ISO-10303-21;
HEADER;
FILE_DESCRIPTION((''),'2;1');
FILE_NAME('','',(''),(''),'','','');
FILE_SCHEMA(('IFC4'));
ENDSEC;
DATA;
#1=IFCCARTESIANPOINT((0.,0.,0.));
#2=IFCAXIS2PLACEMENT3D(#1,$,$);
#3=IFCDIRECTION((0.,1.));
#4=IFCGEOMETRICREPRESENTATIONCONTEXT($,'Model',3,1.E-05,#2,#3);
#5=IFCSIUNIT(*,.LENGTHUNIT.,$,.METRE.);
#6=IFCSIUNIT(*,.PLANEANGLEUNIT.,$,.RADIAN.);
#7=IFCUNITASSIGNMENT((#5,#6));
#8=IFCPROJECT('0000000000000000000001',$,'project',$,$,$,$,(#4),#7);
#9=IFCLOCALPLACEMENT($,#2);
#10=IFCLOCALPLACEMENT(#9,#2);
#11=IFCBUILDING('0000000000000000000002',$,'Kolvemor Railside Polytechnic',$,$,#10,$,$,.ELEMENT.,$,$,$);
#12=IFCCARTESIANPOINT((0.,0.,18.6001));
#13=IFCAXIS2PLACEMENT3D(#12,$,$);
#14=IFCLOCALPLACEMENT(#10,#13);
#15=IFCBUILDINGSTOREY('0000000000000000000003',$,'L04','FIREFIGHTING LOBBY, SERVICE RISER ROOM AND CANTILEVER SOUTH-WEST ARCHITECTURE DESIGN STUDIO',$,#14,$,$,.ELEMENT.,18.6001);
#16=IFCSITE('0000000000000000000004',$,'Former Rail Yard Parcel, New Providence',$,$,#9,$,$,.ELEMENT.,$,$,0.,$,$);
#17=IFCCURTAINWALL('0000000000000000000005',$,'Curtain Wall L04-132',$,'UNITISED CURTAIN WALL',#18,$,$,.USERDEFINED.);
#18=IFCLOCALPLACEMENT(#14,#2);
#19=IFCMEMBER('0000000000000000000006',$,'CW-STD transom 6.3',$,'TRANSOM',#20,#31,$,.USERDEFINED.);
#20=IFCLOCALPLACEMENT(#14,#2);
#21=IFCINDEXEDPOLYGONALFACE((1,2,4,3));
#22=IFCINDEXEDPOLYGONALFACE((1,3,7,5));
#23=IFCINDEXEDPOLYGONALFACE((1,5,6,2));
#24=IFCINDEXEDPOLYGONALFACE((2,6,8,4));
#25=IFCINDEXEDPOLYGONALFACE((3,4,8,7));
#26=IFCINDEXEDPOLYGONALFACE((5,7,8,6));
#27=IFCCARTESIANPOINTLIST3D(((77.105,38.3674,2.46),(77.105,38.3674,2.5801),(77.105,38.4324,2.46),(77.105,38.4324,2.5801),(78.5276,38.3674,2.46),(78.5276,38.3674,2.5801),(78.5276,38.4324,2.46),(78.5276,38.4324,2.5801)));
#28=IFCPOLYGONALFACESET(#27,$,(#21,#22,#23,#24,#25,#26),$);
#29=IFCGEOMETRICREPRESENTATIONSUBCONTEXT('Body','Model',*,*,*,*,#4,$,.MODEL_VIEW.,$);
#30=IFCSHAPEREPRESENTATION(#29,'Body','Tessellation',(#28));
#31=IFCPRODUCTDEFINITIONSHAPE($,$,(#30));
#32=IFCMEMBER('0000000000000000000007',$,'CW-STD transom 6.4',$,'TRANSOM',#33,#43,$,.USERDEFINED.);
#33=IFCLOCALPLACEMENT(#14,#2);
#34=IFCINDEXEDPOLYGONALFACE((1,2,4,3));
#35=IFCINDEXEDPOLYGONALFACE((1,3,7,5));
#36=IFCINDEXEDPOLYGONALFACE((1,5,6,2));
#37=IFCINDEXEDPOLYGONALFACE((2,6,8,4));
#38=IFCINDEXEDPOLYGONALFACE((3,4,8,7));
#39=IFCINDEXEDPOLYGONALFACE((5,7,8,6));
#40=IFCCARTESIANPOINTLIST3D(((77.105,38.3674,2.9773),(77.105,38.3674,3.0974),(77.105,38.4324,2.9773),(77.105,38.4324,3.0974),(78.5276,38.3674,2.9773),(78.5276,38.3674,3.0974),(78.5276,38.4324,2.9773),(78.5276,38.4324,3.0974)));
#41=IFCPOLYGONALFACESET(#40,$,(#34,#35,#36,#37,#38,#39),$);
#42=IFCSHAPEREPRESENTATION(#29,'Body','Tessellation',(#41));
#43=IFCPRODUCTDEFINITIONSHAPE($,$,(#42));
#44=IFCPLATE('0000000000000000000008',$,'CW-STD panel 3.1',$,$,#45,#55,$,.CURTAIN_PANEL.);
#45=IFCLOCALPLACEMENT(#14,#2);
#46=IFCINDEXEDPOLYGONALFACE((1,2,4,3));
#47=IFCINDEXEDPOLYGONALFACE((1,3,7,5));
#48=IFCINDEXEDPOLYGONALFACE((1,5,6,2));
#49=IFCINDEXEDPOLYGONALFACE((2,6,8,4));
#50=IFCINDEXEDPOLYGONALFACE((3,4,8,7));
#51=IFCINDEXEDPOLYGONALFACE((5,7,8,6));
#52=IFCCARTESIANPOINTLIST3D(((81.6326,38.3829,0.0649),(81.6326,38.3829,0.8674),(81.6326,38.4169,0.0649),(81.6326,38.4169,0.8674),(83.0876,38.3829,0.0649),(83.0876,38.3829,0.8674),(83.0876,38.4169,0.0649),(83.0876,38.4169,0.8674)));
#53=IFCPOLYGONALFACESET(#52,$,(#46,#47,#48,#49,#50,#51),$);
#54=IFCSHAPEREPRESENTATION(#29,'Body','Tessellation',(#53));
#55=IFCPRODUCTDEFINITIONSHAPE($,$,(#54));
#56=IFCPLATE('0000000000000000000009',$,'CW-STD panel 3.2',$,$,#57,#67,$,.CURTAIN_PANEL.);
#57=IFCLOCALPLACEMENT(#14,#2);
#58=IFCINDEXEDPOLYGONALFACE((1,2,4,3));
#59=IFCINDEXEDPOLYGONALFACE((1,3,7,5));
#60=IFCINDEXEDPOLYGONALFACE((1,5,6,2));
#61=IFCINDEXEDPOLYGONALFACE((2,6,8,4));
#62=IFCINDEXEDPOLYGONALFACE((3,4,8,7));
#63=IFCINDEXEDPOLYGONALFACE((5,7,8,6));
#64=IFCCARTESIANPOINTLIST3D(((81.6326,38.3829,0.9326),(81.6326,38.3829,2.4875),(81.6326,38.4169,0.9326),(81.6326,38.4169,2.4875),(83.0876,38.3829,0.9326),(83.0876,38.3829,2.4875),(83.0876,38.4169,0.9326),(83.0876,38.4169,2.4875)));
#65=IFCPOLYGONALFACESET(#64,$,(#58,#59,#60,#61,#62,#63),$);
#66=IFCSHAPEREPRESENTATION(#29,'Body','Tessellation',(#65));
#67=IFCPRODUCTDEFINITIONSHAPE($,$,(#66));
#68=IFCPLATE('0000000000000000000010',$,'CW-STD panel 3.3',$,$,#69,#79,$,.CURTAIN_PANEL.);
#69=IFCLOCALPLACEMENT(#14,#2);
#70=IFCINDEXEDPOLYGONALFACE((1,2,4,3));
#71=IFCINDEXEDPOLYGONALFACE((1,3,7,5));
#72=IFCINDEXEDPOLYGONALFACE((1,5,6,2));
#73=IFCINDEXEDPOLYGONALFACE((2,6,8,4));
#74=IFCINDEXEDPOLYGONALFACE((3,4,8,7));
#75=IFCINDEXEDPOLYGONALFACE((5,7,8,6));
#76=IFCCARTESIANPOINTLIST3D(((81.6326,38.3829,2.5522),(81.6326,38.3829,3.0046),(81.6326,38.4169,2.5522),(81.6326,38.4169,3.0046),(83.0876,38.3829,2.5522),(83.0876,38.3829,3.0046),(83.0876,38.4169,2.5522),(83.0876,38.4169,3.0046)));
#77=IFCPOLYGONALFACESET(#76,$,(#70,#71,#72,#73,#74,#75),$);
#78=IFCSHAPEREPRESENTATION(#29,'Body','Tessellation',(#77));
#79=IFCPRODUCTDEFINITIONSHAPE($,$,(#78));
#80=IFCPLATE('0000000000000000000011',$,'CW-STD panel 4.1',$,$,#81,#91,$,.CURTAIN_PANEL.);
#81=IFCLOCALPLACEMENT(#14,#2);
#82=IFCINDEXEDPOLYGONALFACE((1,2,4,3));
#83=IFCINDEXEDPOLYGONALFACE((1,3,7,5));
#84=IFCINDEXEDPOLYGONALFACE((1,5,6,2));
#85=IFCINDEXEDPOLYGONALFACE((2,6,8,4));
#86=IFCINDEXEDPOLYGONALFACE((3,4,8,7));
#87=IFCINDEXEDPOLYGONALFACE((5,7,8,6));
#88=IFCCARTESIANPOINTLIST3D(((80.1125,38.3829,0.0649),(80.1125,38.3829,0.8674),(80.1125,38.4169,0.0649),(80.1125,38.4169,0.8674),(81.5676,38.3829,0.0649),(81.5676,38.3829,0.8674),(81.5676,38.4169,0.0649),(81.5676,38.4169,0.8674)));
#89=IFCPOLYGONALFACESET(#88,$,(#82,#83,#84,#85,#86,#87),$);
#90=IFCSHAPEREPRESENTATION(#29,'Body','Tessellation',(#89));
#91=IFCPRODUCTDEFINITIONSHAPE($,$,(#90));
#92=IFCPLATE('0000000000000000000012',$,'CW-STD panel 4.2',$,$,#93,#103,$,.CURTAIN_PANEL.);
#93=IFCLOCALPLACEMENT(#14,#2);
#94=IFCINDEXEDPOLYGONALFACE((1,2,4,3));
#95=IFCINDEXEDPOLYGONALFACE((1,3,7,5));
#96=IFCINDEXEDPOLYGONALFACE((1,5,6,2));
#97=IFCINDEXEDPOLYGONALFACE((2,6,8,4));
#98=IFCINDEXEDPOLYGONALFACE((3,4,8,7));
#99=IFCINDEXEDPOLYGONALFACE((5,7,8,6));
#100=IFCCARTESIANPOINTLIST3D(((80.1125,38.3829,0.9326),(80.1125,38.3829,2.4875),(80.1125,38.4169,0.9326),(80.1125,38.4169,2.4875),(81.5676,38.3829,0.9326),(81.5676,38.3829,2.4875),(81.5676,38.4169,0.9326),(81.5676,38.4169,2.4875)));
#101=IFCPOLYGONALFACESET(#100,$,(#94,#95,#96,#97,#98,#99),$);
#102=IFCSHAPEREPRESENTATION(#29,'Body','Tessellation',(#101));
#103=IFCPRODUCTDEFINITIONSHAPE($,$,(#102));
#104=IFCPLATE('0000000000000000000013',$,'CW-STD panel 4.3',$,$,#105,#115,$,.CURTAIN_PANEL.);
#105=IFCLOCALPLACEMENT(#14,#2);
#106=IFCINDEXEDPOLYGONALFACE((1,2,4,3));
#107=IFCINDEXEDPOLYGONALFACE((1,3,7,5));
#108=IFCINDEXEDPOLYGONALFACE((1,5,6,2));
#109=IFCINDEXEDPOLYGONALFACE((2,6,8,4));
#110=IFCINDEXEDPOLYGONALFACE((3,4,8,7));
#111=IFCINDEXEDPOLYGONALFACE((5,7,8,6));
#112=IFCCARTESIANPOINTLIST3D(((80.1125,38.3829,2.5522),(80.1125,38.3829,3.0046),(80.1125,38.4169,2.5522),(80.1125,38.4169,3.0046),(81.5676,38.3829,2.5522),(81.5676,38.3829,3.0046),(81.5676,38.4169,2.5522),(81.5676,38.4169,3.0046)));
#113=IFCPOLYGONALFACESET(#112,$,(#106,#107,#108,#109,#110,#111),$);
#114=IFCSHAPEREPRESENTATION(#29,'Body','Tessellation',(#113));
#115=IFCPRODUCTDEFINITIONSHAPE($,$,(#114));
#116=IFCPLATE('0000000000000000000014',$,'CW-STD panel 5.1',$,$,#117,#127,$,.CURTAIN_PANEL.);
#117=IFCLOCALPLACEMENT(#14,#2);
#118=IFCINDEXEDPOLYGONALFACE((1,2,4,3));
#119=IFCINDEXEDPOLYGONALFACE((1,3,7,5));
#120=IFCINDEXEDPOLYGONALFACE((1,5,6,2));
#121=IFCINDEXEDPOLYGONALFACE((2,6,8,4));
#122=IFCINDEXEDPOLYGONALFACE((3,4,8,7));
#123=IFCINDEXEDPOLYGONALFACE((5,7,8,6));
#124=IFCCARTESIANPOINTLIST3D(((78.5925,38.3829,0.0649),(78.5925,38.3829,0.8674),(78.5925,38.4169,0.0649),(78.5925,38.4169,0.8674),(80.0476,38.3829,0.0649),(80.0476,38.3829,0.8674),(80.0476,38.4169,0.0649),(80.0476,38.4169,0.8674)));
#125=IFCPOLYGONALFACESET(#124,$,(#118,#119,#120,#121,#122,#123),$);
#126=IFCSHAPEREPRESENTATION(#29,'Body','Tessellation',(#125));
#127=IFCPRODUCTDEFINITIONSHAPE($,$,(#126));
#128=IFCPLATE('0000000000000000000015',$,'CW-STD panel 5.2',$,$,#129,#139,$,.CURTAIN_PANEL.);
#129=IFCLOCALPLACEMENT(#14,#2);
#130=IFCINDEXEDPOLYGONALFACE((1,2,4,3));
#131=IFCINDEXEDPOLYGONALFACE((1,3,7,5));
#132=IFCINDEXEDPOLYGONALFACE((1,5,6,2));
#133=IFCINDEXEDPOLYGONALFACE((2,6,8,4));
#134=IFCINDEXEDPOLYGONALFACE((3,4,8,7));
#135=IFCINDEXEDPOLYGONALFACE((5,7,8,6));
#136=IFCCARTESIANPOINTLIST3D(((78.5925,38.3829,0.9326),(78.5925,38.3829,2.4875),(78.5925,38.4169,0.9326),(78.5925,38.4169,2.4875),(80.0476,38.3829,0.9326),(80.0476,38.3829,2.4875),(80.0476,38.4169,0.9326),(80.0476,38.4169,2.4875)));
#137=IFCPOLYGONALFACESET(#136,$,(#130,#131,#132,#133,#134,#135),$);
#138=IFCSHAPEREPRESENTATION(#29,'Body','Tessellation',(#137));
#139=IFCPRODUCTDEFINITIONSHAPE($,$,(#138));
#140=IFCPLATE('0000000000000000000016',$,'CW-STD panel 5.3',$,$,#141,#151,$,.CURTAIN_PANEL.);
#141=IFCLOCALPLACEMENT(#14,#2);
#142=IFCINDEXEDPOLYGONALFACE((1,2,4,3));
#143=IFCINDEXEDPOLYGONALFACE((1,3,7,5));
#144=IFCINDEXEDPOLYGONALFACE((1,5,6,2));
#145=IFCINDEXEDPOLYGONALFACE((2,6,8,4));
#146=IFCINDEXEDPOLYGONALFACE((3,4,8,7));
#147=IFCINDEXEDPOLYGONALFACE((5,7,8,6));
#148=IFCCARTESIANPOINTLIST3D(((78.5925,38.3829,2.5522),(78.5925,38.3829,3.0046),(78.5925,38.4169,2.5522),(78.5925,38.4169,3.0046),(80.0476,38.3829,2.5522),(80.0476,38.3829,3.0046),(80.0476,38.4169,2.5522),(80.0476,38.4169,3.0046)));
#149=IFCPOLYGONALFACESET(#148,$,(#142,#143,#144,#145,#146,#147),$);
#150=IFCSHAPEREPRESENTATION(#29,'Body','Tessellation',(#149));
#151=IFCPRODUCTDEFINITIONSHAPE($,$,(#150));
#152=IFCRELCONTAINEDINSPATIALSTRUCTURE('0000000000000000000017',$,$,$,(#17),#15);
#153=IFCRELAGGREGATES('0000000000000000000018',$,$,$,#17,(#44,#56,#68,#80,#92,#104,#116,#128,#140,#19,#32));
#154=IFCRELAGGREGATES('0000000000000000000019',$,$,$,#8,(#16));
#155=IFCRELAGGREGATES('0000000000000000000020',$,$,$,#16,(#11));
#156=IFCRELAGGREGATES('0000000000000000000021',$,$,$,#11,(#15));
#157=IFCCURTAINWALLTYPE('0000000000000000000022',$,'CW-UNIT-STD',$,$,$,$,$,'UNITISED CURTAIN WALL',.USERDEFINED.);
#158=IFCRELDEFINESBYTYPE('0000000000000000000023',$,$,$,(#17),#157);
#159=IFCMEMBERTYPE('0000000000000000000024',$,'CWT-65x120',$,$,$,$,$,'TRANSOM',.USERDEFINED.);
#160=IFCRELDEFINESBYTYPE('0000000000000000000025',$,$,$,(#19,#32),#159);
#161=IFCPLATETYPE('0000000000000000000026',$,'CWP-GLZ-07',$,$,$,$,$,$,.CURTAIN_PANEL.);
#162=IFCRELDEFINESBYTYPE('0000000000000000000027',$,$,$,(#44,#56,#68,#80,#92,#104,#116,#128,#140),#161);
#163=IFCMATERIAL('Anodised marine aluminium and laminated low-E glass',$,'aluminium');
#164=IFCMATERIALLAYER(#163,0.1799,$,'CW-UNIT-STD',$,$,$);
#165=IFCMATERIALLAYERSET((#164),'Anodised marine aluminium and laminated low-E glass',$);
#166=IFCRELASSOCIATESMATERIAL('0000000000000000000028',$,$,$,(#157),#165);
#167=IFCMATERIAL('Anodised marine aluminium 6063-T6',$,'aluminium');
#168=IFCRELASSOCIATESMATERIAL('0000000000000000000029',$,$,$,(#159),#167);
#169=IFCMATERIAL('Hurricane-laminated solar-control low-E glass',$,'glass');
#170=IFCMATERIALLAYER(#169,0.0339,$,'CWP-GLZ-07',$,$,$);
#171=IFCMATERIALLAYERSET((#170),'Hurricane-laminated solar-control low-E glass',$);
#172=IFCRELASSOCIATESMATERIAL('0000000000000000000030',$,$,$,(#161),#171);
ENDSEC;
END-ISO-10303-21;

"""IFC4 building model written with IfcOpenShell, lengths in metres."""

from ifc_helpers import new_model, si_unit, direction, frame, origin, origin_2d, place, context, subcontext, project, spatial, rectangle, extrude, material, layer, layer_set, material_profile, profile_set, type_object, element, aggregate, save


model = new_model("IFC4")

# Units and contexts
model_context = context("Model", 3, precision=1e-05, world=origin(), true_north=direction((0.0, 1.0)))
body_context = subcontext(model_context, "Body", "Model", "MODEL_VIEW")
ifc_project = project(units=[si_unit("LENGTHUNIT", "METRE"), si_unit("PLANEANGLEUNIT", "RADIAN")], contexts=[model_context])

# Site, building, storey
site_placement = place(None, origin())
site = spatial("IfcSite", under=ifc_project, at=site_placement, Name="Former Rail Yard Parcel, New Providence", CompositionType="ELEMENT", RefElevation=0.0)
building_placement = place(site_placement, origin())
building = spatial("IfcBuilding", under=site, at=building_placement, Name="Kolvemor Railside Polytechnic", CompositionType="ELEMENT")
storey_placement = place(building_placement, frame((0.0, 0.0, 18.6001)))
storey = spatial("IfcBuildingStorey", under=building, at=storey_placement, Name="L04", Description="FIREFIGHTING LOBBY, SERVICE RISER ROOM AND CANTILEVER SOUTH-WEST ARCHITECTURE DESIGN STUDIO", CompositionType="ELEMENT", Elevation=18.6001)

# Curtain wall, members, plates
ifc_material_1 = material(Name="Anodised marine aluminium and laminated low-E glass", Category="aluminium")
ifc_layer_1 = layer(ifc_material_1, 0.1799, Name="CW-UNIT-STD")
ifc_layer_set_1 = layer_set([ifc_layer_1], Name="Anodised marine aluminium and laminated low-E glass")
curtain_wall_type = type_object("IfcCurtainWallType", Name="CW-UNIT-STD", ElementType="UNITISED CURTAIN WALL", PredefinedType="USERDEFINED", material=ifc_layer_set_1)
curtain_wall_placement = place(storey_placement, origin())
curtain_wall = element("IfcCurtainWall", 1, at=curtain_wall_placement, inside=storey, type_object=curtain_wall_type, Name="Curtain Wall L04-132", ObjectType="UNITISED CURTAIN WALL", PredefinedType="USERDEFINED")
ifc_material_2 = material(Name="Anodised marine aluminium 6063-T6", Category="aluminium")
ifc_material_profile_1 = material_profile(ifc_material_2, rectangle(XDim=0.0649, YDim=0.1201, at=origin_2d()), Name="CW-TRN-65x120")
ifc_profile_set_1 = profile_set([ifc_material_profile_1], Name="Anodised marine aluminium 6063-T6")
member_type_1 = type_object("IfcMemberType", Name="CWT-65x120", ElementType="TRANSOM", PredefinedType="USERDEFINED", material=ifc_profile_set_1)
member_1_placement = place(storey_placement, frame((78.5276, 38.3999, 2.52), z_axis=(-1.0, 0.0, 0.0), x_axis=(0.0, -1.0, 0.0)))
member_1 = element("IfcMember", 2, at=member_1_placement, type_object=member_type_1, Name="CW-STD transom 6.3", ObjectType="TRANSOM", PredefinedType="USERDEFINED", context=body_context, shape_type="SweptSolid", body=[
    extrude(rectangle(XDim=0.0649, YDim=0.1201, at=origin_2d()), origin(), (0.0, 0.0, 1.0), 1.4226),
])
member_2_placement = place(storey_placement, frame((78.5276, 38.3999, 3.0374), z_axis=(-1.0, 0.0, 0.0), x_axis=(0.0, -1.0, 0.0)))
member_2 = element("IfcMember", 3, at=member_2_placement, type_object=member_type_1, Name="CW-STD transom 6.4", ObjectType="TRANSOM", PredefinedType="USERDEFINED", context=body_context, shape_type="SweptSolid", body=[
    extrude(rectangle(XDim=0.0649, YDim=0.1201, at=origin_2d()), origin(), (0.0, 0.0, 1.0), 1.4226),
])
ifc_material_3 = material(Name="Hurricane-laminated solar-control low-E glass", Category="glass")
ifc_layer_2 = layer(ifc_material_3, 0.0339, Name="CWP-GLZ-07")
ifc_layer_set_2 = layer_set([ifc_layer_2], Name="Hurricane-laminated solar-control low-E glass")
plate_type = type_object("IfcPlateType", Name="CWP-GLZ-07", PredefinedType="CURTAIN_PANEL", material=ifc_layer_set_2)
plate_1_placement = place(storey_placement, frame((82.3601, 38.3999, 0.0649), z_axis=(0.0, 0.0, 1.0), x_axis=(-1.0, 0.0, 0.0)))
plate_1 = element("IfcPlate", 4, at=plate_1_placement, type_object=plate_type, Name="CW-STD panel 3.1", PredefinedType="CURTAIN_PANEL", context=body_context, shape_type="SweptSolid", body=[
    extrude(rectangle(XDim=1.4551, YDim=0.0339, at=origin_2d()), origin(), (0.0, 0.0, 1.0), 0.8025),
])
plate_2_placement = place(storey_placement, frame((82.3601, 38.3999, 0.9326), z_axis=(0.0, 0.0, 1.0), x_axis=(-1.0, 0.0, 0.0)))
plate_2 = element("IfcPlate", 5, at=plate_2_placement, type_object=plate_type, Name="CW-STD panel 3.2", PredefinedType="CURTAIN_PANEL", context=body_context, shape_type="SweptSolid", body=[
    extrude(rectangle(XDim=1.4551, YDim=0.0339, at=origin_2d()), origin(), (0.0, 0.0, 1.0), 1.5549),
])
plate_3_placement = place(storey_placement, frame((82.3601, 38.3999, 2.5522), z_axis=(0.0, 0.0, 1.0), x_axis=(-1.0, 0.0, 0.0)))
plate_3 = element("IfcPlate", 6, at=plate_3_placement, type_object=plate_type, Name="CW-STD panel 3.3", PredefinedType="CURTAIN_PANEL", context=body_context, shape_type="SweptSolid", body=[
    extrude(rectangle(XDim=1.4551, YDim=0.0339, at=origin_2d()), origin(), (0.0, 0.0, 1.0), 0.4524),
])
plate_4_placement = place(storey_placement, frame((80.8401, 38.3999, 0.0649), z_axis=(0.0, 0.0, 1.0), x_axis=(-1.0, 0.0, 0.0)))
plate_4 = element("IfcPlate", 7, at=plate_4_placement, type_object=plate_type, Name="CW-STD panel 4.1", PredefinedType="CURTAIN_PANEL", context=body_context, shape_type="SweptSolid", body=[
    extrude(rectangle(XDim=1.4551, YDim=0.0339, at=origin_2d()), origin(), (0.0, 0.0, 1.0), 0.8025),
])
plate_5_placement = place(storey_placement, frame((80.8401, 38.3999, 0.9326), z_axis=(0.0, 0.0, 1.0), x_axis=(-1.0, 0.0, 0.0)))
plate_5 = element("IfcPlate", 8, at=plate_5_placement, type_object=plate_type, Name="CW-STD panel 4.2", PredefinedType="CURTAIN_PANEL", context=body_context, shape_type="SweptSolid", body=[
    extrude(rectangle(XDim=1.4551, YDim=0.0339, at=origin_2d()), origin(), (0.0, 0.0, 1.0), 1.5549),
])
plate_6_placement = place(storey_placement, frame((80.8401, 38.3999, 2.5522), z_axis=(0.0, 0.0, 1.0), x_axis=(-1.0, 0.0, 0.0)))
plate_6 = element("IfcPlate", 9, at=plate_6_placement, type_object=plate_type, Name="CW-STD panel 4.3", PredefinedType="CURTAIN_PANEL", context=body_context, shape_type="SweptSolid", body=[
    extrude(rectangle(XDim=1.4551, YDim=0.0339, at=origin_2d()), origin(), (0.0, 0.0, 1.0), 0.4524),
])
plate_7_placement = place(storey_placement, frame((79.3201, 38.3999, 0.0649), z_axis=(0.0, 0.0, 1.0), x_axis=(-1.0, 0.0, 0.0)))
plate_7 = element("IfcPlate", 10, at=plate_7_placement, type_object=plate_type, Name="CW-STD panel 5.1", PredefinedType="CURTAIN_PANEL", context=body_context, shape_type="SweptSolid", body=[
    extrude(rectangle(XDim=1.4551, YDim=0.0339, at=origin_2d()), origin(), (0.0, 0.0, 1.0), 0.8025),
])
plate_8_placement = place(storey_placement, frame((79.3201, 38.3999, 0.9326), z_axis=(0.0, 0.0, 1.0), x_axis=(-1.0, 0.0, 0.0)))
plate_8 = element("IfcPlate", 11, at=plate_8_placement, type_object=plate_type, Name="CW-STD panel 5.2", PredefinedType="CURTAIN_PANEL", context=body_context, shape_type="SweptSolid", body=[
    extrude(rectangle(XDim=1.4551, YDim=0.0339, at=origin_2d()), origin(), (0.0, 0.0, 1.0), 1.5549),
])
plate_9_placement = place(storey_placement, frame((79.3201, 38.3999, 2.5522), z_axis=(0.0, 0.0, 1.0), x_axis=(-1.0, 0.0, 0.0)))
plate_9 = element("IfcPlate", 12, at=plate_9_placement, type_object=plate_type, Name="CW-STD panel 5.3", PredefinedType="CURTAIN_PANEL", context=body_context, shape_type="SweptSolid", body=[
    extrude(rectangle(XDim=1.4551, YDim=0.0339, at=origin_2d()), origin(), (0.0, 0.0, 1.0), 0.4524),
])
aggregate(curtain_wall, [plate_1, plate_2, plate_3, plate_4, plate_5, plate_6, plate_7, plate_8, plate_9, member_1, member_2])

save(model, "model.ifc")
